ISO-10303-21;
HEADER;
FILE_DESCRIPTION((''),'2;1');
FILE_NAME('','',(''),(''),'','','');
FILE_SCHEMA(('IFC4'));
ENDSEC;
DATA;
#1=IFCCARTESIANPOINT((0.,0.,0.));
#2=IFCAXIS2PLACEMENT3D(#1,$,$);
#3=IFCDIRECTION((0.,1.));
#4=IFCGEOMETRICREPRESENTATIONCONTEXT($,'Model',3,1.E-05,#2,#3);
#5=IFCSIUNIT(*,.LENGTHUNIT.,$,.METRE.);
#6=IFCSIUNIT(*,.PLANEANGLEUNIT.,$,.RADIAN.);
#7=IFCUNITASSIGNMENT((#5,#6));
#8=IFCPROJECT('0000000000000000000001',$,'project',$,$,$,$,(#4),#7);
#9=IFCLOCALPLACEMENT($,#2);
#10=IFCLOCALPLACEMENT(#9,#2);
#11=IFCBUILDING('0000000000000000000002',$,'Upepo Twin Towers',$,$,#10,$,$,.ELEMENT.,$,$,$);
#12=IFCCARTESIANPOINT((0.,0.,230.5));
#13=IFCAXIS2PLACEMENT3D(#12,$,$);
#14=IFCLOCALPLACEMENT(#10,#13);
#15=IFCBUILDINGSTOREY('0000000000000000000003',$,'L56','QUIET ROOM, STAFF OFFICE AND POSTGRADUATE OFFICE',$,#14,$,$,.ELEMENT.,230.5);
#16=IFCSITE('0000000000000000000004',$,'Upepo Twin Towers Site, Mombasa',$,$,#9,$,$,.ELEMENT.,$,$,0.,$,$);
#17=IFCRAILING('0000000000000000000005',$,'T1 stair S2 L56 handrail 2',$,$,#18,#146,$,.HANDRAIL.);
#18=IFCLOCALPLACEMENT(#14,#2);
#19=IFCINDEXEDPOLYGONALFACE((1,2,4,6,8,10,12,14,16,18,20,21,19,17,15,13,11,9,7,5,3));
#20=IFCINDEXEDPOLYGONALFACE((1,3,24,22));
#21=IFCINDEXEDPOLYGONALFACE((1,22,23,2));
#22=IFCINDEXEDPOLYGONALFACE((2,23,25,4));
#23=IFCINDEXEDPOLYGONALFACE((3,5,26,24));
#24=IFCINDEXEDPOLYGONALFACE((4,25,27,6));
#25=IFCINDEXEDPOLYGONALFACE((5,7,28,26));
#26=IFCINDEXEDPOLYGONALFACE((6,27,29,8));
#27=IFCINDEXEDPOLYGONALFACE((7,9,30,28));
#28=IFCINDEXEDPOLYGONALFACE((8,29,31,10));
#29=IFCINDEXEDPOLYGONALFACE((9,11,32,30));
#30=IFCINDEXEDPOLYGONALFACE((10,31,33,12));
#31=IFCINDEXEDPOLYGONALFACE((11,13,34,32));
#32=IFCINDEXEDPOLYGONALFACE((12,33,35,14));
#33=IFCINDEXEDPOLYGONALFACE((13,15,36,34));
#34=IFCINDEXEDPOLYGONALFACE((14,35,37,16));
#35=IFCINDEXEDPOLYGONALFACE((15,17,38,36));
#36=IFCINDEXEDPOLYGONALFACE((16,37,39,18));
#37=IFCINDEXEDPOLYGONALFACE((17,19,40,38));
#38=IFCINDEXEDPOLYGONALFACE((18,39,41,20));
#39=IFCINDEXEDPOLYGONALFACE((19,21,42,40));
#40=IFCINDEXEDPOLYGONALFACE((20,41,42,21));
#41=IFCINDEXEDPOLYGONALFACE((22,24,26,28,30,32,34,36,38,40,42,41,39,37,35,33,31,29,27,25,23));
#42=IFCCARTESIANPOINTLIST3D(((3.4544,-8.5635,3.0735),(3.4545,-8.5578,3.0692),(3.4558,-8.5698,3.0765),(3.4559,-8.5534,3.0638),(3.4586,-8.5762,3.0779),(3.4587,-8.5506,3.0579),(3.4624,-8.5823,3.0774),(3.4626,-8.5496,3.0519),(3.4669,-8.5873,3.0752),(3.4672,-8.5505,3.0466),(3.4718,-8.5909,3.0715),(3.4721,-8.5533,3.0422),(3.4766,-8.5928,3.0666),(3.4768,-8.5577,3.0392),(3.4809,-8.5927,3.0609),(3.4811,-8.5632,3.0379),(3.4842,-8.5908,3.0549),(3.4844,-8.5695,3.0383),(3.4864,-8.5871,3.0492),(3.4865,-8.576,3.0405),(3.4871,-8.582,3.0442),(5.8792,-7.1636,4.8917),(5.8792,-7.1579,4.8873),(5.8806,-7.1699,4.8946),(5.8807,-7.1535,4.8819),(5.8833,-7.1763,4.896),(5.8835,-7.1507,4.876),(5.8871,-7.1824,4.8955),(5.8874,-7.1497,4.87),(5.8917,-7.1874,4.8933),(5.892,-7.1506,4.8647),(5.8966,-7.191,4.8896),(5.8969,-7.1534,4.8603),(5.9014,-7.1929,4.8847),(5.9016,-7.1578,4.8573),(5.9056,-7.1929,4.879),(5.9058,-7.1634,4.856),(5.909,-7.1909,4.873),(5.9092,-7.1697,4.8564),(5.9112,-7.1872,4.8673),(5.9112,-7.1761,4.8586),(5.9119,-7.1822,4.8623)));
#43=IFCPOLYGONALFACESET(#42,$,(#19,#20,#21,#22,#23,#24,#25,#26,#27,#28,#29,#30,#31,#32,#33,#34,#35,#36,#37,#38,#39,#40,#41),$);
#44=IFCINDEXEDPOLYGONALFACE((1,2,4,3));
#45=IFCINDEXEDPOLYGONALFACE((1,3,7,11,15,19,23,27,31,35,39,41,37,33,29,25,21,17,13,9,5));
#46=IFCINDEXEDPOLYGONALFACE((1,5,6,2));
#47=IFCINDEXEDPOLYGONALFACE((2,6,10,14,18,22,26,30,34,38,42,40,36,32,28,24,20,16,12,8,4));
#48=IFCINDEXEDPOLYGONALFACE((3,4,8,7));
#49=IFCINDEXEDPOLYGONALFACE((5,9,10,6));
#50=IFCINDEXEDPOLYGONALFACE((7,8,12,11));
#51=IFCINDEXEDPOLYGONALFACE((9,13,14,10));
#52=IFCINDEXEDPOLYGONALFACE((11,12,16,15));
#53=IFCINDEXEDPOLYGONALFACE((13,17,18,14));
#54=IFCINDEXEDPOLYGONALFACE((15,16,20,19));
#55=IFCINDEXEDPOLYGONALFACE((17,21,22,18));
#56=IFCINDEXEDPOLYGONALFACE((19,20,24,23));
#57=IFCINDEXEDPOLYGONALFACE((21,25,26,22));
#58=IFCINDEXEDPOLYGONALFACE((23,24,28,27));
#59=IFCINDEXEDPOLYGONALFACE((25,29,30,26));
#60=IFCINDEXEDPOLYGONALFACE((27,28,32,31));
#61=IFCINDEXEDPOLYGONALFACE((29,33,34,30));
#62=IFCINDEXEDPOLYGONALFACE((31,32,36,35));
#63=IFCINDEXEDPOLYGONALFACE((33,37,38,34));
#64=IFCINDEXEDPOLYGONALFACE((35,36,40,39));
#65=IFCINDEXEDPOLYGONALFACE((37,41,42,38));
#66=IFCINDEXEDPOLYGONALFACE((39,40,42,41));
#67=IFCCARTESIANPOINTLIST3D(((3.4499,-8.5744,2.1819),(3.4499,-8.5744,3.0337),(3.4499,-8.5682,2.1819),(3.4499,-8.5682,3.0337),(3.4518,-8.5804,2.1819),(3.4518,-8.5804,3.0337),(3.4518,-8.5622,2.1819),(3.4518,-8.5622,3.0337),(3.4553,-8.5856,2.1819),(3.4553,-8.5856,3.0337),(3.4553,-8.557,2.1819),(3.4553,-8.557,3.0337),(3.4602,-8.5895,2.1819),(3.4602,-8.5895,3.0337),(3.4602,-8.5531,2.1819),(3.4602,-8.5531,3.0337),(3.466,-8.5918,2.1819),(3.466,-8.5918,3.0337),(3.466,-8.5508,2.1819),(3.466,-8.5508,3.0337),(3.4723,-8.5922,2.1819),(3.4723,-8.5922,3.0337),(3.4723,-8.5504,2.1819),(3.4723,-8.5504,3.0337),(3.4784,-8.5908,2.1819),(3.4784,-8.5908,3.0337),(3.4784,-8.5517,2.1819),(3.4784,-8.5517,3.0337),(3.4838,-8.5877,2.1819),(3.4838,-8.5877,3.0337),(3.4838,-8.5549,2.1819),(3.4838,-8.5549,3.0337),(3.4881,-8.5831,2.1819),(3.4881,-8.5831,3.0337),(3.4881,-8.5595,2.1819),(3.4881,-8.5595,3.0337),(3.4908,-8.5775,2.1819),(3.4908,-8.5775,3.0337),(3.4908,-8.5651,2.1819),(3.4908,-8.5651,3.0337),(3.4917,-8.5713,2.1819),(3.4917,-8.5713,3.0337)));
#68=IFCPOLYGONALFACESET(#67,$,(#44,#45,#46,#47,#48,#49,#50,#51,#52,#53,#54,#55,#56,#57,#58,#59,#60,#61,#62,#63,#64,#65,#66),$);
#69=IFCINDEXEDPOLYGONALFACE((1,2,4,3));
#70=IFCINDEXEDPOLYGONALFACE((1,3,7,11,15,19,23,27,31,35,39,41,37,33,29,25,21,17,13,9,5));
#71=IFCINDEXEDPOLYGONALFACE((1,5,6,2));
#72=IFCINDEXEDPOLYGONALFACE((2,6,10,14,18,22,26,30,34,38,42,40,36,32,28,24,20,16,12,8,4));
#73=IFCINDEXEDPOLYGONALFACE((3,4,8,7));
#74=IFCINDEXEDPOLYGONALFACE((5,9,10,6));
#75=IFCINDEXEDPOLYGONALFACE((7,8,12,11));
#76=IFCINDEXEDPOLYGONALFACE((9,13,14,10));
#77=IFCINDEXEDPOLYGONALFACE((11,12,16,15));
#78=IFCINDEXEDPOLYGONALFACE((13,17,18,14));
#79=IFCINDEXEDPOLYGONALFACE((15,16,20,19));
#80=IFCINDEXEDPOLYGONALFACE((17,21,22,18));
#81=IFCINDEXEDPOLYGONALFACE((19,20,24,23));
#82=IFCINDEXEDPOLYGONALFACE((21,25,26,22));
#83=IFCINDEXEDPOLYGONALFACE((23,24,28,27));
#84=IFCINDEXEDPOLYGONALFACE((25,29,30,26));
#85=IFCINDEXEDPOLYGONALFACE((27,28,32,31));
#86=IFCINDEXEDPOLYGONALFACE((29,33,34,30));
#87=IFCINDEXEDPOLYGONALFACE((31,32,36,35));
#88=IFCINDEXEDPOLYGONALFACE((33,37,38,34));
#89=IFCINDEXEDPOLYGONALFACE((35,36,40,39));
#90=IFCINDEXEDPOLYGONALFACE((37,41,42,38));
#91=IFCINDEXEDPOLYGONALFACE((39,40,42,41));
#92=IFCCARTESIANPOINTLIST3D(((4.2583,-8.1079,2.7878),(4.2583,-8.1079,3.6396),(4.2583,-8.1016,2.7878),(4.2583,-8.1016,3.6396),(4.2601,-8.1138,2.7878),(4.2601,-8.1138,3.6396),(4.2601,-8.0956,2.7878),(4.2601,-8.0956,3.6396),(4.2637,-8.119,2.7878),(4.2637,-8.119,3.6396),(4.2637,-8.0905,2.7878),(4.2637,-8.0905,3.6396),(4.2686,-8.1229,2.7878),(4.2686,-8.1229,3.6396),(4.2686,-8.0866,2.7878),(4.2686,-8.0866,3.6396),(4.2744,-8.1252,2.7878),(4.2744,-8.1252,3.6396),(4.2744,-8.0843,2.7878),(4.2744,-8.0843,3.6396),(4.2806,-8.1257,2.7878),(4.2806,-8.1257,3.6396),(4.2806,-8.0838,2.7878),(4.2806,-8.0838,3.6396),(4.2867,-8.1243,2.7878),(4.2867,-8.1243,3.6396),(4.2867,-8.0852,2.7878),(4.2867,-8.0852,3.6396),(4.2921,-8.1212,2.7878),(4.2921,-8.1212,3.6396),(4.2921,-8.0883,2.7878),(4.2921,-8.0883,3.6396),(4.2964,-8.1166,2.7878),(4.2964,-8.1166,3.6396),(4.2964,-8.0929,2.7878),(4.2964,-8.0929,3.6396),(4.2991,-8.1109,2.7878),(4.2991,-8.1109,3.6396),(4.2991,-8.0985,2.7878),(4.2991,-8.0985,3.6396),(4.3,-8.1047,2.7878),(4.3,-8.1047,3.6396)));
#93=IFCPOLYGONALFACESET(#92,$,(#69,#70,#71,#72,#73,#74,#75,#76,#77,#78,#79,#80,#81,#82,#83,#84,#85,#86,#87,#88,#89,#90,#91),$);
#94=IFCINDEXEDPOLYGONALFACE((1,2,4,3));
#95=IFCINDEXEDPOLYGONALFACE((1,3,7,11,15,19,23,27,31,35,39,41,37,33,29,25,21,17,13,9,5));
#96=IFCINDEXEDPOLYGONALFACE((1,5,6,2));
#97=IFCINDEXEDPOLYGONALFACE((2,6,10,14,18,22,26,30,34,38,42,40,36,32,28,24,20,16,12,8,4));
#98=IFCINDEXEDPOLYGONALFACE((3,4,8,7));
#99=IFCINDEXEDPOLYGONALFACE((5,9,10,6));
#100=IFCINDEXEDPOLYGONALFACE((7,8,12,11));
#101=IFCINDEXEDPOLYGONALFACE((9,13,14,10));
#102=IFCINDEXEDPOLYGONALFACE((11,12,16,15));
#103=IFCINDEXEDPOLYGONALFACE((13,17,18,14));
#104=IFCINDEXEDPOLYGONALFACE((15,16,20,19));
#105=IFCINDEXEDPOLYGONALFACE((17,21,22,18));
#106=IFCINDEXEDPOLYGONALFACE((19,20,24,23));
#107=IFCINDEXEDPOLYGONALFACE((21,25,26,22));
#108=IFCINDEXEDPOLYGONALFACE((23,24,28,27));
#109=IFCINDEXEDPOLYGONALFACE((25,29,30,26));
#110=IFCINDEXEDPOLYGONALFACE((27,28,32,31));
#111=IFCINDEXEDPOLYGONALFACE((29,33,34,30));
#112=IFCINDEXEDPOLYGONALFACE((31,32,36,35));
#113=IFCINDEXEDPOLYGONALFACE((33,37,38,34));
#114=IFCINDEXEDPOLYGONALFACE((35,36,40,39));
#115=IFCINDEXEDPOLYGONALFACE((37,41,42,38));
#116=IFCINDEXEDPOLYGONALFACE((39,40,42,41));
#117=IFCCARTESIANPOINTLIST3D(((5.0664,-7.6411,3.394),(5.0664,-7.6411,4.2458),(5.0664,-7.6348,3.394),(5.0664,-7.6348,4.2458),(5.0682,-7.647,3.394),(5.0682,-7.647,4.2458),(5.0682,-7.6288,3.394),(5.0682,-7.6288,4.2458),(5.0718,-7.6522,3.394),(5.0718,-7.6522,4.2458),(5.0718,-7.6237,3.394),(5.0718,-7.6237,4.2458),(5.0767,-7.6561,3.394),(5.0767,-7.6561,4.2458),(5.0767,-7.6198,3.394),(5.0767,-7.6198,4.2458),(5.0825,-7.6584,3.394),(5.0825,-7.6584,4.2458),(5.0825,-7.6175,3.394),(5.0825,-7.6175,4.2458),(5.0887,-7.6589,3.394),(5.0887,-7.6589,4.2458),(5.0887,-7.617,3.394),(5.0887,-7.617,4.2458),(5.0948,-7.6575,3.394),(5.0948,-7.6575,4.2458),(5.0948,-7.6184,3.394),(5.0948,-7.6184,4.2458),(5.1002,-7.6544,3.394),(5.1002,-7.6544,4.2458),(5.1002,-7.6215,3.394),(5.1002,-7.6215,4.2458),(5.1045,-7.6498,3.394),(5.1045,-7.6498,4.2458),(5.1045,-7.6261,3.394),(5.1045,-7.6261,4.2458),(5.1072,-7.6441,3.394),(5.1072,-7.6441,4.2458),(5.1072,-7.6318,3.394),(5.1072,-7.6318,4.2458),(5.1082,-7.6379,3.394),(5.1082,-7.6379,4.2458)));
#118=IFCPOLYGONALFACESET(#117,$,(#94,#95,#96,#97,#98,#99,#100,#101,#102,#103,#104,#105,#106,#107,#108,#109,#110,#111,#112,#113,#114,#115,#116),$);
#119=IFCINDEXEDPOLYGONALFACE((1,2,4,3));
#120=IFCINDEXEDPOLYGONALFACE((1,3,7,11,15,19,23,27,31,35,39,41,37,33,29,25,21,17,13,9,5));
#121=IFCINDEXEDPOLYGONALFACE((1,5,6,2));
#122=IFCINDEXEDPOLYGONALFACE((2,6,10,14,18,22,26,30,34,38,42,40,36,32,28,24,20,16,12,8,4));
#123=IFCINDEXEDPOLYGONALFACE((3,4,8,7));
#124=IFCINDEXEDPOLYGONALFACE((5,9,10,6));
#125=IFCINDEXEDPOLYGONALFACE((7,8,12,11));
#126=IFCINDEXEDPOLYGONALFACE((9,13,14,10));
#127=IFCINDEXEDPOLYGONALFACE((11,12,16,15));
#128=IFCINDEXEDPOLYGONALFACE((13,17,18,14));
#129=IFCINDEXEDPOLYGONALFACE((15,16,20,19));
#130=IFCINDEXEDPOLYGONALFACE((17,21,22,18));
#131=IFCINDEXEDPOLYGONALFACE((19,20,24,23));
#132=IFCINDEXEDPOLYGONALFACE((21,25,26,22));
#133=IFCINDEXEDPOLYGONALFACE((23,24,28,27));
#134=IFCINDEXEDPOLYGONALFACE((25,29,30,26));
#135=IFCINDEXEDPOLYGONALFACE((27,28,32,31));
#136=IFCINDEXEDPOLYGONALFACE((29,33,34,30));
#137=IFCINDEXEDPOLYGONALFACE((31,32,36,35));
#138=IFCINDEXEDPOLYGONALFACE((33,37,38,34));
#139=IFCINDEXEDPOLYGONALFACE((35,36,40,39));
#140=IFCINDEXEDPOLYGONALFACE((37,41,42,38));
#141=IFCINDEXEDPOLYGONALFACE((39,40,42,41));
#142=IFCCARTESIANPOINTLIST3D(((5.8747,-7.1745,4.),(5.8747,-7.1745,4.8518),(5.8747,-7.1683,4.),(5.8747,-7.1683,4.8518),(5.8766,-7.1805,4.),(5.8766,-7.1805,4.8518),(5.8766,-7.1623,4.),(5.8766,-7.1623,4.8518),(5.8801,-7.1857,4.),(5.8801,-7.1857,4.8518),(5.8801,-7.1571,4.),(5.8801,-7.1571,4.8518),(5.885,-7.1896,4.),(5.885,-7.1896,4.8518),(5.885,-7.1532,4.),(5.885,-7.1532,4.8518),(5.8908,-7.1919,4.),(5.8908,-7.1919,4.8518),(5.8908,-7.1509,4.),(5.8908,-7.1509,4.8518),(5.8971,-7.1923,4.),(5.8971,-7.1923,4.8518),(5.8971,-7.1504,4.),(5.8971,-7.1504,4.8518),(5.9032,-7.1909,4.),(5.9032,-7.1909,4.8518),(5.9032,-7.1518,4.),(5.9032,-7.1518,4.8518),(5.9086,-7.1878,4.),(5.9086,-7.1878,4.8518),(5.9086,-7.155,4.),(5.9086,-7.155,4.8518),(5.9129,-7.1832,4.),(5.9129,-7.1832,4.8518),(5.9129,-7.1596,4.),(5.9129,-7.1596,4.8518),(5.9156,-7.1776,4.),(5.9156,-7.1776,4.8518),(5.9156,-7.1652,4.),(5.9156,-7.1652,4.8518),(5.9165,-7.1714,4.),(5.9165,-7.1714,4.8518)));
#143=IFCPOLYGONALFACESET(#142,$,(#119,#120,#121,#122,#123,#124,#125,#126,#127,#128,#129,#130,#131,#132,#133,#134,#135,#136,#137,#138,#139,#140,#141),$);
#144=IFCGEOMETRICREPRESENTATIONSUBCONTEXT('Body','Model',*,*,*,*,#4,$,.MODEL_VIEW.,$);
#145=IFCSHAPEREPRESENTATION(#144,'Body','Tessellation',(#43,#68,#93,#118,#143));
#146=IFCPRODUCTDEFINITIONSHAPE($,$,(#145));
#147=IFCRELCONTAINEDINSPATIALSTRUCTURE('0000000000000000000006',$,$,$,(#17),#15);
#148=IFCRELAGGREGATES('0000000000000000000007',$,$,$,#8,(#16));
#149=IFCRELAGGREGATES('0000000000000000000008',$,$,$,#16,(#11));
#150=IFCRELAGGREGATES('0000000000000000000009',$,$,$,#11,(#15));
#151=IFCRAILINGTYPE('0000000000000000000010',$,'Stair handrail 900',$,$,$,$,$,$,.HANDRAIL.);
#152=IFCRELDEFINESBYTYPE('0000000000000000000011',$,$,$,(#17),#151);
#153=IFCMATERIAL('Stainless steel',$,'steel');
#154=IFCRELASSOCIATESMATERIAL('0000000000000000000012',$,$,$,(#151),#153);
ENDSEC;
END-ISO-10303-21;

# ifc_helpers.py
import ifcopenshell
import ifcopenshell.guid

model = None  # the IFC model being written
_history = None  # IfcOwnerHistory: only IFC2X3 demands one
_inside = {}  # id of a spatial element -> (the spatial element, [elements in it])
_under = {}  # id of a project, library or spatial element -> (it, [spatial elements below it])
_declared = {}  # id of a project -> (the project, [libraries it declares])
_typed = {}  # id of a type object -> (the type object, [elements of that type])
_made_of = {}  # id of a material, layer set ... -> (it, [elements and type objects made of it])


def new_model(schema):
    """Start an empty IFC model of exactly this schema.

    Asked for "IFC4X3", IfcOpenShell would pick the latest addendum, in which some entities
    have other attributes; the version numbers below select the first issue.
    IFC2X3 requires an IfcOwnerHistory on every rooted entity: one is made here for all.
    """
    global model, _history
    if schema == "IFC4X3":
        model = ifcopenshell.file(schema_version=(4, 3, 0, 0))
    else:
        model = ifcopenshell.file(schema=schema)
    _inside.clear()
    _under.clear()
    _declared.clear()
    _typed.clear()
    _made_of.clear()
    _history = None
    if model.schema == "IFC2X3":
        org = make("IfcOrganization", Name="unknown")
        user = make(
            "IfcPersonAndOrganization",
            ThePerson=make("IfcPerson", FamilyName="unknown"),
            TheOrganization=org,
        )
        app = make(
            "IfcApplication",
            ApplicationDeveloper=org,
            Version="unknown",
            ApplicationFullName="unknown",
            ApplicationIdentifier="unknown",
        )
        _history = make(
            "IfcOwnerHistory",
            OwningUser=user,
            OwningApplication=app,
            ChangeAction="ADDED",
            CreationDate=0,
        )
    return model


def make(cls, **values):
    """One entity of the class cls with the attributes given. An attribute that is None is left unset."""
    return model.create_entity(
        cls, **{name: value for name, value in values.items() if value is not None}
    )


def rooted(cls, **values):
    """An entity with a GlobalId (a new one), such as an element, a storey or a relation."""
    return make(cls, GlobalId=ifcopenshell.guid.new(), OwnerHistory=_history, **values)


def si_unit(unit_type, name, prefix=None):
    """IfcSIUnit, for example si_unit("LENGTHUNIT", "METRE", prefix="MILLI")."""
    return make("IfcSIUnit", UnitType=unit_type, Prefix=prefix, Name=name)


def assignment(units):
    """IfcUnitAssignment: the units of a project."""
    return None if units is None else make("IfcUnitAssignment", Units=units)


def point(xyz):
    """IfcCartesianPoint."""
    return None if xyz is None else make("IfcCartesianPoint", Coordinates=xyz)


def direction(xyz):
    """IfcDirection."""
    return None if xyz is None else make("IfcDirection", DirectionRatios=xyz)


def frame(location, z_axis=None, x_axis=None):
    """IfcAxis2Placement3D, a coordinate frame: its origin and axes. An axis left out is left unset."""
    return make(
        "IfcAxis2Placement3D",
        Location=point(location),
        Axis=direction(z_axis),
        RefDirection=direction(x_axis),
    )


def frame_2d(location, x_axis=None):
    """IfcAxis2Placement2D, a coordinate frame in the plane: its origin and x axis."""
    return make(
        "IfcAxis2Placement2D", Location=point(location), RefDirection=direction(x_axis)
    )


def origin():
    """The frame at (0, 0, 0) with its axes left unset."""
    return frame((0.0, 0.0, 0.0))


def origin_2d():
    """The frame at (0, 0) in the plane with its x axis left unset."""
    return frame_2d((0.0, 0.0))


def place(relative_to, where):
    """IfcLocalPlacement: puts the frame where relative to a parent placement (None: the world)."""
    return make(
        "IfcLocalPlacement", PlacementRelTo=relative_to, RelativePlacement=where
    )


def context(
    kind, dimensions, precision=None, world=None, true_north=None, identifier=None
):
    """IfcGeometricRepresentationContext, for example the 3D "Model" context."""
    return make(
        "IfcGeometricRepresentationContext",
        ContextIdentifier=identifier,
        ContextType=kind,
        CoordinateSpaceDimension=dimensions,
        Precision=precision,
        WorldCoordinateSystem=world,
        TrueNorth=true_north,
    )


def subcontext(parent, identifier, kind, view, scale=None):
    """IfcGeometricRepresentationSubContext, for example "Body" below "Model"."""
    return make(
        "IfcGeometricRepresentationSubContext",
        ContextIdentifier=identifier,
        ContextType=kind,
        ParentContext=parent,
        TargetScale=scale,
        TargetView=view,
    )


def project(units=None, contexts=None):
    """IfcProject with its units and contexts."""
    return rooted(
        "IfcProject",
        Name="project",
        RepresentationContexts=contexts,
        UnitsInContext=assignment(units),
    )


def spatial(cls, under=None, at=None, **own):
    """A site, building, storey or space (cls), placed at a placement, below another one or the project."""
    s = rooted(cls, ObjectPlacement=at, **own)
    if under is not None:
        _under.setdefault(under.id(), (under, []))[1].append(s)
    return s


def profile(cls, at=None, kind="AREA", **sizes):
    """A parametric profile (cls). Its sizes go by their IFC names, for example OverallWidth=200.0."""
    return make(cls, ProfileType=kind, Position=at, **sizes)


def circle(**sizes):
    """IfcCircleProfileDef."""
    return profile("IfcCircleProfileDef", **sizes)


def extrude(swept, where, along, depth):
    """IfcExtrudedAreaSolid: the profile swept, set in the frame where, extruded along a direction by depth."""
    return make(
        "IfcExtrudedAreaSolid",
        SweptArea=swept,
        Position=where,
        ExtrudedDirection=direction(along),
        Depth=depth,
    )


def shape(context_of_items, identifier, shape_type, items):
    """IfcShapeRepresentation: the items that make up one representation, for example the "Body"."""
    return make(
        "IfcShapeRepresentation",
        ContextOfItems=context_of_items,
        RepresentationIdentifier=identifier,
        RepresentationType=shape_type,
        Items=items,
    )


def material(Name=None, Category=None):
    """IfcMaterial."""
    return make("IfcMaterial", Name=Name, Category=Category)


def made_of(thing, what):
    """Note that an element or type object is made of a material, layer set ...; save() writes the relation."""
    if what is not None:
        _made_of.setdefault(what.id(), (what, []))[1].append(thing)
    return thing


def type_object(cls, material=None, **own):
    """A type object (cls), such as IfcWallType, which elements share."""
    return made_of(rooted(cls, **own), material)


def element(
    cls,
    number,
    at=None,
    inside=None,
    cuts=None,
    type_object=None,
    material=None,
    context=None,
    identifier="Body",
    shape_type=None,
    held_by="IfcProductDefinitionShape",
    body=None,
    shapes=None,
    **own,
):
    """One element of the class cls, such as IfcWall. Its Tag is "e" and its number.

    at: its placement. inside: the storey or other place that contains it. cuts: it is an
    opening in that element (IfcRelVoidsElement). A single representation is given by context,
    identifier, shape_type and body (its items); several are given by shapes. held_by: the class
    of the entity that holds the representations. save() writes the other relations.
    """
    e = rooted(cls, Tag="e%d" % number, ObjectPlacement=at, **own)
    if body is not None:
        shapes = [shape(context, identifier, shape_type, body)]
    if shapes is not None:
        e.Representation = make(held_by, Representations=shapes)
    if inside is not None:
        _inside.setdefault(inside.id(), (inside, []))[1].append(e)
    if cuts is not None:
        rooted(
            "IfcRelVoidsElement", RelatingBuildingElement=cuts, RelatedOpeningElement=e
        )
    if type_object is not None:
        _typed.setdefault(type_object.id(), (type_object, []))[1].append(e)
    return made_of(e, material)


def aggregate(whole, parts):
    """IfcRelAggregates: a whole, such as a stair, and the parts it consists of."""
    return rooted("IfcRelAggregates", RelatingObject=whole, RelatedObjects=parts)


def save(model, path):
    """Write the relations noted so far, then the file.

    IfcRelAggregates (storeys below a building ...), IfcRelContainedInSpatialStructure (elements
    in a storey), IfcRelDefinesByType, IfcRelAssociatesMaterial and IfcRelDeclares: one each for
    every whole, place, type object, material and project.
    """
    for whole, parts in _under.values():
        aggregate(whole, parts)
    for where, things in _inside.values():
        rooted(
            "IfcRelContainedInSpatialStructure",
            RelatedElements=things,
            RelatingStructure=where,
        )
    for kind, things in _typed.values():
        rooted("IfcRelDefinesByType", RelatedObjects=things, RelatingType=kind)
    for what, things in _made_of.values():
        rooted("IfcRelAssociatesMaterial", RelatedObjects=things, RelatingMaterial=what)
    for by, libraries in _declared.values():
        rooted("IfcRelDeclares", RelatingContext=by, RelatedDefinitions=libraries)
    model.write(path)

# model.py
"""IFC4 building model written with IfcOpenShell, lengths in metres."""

from ifc_helpers import new_model, si_unit, direction, frame, origin, origin_2d, place, context, subcontext, project, spatial, circle, extrude, material, type_object, element, save


model = new_model("IFC4")

# Units and contexts
model_context = context("Model", 3, precision=1e-05, world=origin(), true_north=direction((0.0, 1.0)))
body_context = subcontext(model_context, "Body", "Model", "MODEL_VIEW")
ifc_project = project(units=[si_unit("LENGTHUNIT", "METRE"), si_unit("PLANEANGLEUNIT", "RADIAN")], contexts=[model_context])

# Site, building, storey
site_placement = place(None, origin())
site = spatial("IfcSite", under=ifc_project, at=site_placement, Name="Upepo Twin Towers Site, Mombasa", CompositionType="ELEMENT", RefElevation=0.0)
building_placement = place(site_placement, origin())
building = spatial("IfcBuilding", under=site, at=building_placement, Name="Upepo Twin Towers", CompositionType="ELEMENT")
storey_placement = place(building_placement, frame((0.0, 0.0, 230.5)))
storey = spatial("IfcBuildingStorey", under=building, at=storey_placement, Name="L56", Description="QUIET ROOM, STAFF OFFICE AND POSTGRADUATE OFFICE", CompositionType="ELEMENT", Elevation=230.5)

# Railing
ifc_material_1 = material(Name="Stainless steel", Category="steel")
railing_type = type_object("IfcRailingType", Name="Stair handrail 900", PredefinedType="HANDRAIL", material=ifc_material_1)
railing_1_placement = place(storey_placement, frame((3.4707, -8.5713, 2.1819)))
element("IfcRailing", 1, at=railing_1_placement, inside=storey, type_object=railing_type, Name="T1 stair S2 L56 handrail 2", PredefinedType="HANDRAIL", context=body_context, shape_type="SweptSolid", body=[
    extrude(circle(Radius=0.0239, at=origin_2d()), frame((0.0, 0.0, 0.876), z_axis=(0.726336, 0.419333, 0.544606), x_axis=(-0.499984, 0.866035, 0.0)), (0.0, 0.0, 1.0), 3.3384),
    extrude(circle(Radius=0.021, at=origin_2d()), origin(), (0.0, 0.0, 1.0), 0.8518),
    extrude(circle(Radius=0.021, at=origin_2d()), frame((0.8083, 0.4666, 0.606)), (0.0, 0.0, 1.0), 0.8518),
    extrude(circle(Radius=0.021, at=origin_2d()), frame((1.6165, 0.9333, 1.2122)), (0.0, 0.0, 1.0), 0.8518),
    extrude(circle(Radius=0.021, at=origin_2d()), frame((2.4248, 1.3999, 1.8181)), (0.0, 0.0, 1.0), 0.8518),
])

save(model, "model.ifc")
